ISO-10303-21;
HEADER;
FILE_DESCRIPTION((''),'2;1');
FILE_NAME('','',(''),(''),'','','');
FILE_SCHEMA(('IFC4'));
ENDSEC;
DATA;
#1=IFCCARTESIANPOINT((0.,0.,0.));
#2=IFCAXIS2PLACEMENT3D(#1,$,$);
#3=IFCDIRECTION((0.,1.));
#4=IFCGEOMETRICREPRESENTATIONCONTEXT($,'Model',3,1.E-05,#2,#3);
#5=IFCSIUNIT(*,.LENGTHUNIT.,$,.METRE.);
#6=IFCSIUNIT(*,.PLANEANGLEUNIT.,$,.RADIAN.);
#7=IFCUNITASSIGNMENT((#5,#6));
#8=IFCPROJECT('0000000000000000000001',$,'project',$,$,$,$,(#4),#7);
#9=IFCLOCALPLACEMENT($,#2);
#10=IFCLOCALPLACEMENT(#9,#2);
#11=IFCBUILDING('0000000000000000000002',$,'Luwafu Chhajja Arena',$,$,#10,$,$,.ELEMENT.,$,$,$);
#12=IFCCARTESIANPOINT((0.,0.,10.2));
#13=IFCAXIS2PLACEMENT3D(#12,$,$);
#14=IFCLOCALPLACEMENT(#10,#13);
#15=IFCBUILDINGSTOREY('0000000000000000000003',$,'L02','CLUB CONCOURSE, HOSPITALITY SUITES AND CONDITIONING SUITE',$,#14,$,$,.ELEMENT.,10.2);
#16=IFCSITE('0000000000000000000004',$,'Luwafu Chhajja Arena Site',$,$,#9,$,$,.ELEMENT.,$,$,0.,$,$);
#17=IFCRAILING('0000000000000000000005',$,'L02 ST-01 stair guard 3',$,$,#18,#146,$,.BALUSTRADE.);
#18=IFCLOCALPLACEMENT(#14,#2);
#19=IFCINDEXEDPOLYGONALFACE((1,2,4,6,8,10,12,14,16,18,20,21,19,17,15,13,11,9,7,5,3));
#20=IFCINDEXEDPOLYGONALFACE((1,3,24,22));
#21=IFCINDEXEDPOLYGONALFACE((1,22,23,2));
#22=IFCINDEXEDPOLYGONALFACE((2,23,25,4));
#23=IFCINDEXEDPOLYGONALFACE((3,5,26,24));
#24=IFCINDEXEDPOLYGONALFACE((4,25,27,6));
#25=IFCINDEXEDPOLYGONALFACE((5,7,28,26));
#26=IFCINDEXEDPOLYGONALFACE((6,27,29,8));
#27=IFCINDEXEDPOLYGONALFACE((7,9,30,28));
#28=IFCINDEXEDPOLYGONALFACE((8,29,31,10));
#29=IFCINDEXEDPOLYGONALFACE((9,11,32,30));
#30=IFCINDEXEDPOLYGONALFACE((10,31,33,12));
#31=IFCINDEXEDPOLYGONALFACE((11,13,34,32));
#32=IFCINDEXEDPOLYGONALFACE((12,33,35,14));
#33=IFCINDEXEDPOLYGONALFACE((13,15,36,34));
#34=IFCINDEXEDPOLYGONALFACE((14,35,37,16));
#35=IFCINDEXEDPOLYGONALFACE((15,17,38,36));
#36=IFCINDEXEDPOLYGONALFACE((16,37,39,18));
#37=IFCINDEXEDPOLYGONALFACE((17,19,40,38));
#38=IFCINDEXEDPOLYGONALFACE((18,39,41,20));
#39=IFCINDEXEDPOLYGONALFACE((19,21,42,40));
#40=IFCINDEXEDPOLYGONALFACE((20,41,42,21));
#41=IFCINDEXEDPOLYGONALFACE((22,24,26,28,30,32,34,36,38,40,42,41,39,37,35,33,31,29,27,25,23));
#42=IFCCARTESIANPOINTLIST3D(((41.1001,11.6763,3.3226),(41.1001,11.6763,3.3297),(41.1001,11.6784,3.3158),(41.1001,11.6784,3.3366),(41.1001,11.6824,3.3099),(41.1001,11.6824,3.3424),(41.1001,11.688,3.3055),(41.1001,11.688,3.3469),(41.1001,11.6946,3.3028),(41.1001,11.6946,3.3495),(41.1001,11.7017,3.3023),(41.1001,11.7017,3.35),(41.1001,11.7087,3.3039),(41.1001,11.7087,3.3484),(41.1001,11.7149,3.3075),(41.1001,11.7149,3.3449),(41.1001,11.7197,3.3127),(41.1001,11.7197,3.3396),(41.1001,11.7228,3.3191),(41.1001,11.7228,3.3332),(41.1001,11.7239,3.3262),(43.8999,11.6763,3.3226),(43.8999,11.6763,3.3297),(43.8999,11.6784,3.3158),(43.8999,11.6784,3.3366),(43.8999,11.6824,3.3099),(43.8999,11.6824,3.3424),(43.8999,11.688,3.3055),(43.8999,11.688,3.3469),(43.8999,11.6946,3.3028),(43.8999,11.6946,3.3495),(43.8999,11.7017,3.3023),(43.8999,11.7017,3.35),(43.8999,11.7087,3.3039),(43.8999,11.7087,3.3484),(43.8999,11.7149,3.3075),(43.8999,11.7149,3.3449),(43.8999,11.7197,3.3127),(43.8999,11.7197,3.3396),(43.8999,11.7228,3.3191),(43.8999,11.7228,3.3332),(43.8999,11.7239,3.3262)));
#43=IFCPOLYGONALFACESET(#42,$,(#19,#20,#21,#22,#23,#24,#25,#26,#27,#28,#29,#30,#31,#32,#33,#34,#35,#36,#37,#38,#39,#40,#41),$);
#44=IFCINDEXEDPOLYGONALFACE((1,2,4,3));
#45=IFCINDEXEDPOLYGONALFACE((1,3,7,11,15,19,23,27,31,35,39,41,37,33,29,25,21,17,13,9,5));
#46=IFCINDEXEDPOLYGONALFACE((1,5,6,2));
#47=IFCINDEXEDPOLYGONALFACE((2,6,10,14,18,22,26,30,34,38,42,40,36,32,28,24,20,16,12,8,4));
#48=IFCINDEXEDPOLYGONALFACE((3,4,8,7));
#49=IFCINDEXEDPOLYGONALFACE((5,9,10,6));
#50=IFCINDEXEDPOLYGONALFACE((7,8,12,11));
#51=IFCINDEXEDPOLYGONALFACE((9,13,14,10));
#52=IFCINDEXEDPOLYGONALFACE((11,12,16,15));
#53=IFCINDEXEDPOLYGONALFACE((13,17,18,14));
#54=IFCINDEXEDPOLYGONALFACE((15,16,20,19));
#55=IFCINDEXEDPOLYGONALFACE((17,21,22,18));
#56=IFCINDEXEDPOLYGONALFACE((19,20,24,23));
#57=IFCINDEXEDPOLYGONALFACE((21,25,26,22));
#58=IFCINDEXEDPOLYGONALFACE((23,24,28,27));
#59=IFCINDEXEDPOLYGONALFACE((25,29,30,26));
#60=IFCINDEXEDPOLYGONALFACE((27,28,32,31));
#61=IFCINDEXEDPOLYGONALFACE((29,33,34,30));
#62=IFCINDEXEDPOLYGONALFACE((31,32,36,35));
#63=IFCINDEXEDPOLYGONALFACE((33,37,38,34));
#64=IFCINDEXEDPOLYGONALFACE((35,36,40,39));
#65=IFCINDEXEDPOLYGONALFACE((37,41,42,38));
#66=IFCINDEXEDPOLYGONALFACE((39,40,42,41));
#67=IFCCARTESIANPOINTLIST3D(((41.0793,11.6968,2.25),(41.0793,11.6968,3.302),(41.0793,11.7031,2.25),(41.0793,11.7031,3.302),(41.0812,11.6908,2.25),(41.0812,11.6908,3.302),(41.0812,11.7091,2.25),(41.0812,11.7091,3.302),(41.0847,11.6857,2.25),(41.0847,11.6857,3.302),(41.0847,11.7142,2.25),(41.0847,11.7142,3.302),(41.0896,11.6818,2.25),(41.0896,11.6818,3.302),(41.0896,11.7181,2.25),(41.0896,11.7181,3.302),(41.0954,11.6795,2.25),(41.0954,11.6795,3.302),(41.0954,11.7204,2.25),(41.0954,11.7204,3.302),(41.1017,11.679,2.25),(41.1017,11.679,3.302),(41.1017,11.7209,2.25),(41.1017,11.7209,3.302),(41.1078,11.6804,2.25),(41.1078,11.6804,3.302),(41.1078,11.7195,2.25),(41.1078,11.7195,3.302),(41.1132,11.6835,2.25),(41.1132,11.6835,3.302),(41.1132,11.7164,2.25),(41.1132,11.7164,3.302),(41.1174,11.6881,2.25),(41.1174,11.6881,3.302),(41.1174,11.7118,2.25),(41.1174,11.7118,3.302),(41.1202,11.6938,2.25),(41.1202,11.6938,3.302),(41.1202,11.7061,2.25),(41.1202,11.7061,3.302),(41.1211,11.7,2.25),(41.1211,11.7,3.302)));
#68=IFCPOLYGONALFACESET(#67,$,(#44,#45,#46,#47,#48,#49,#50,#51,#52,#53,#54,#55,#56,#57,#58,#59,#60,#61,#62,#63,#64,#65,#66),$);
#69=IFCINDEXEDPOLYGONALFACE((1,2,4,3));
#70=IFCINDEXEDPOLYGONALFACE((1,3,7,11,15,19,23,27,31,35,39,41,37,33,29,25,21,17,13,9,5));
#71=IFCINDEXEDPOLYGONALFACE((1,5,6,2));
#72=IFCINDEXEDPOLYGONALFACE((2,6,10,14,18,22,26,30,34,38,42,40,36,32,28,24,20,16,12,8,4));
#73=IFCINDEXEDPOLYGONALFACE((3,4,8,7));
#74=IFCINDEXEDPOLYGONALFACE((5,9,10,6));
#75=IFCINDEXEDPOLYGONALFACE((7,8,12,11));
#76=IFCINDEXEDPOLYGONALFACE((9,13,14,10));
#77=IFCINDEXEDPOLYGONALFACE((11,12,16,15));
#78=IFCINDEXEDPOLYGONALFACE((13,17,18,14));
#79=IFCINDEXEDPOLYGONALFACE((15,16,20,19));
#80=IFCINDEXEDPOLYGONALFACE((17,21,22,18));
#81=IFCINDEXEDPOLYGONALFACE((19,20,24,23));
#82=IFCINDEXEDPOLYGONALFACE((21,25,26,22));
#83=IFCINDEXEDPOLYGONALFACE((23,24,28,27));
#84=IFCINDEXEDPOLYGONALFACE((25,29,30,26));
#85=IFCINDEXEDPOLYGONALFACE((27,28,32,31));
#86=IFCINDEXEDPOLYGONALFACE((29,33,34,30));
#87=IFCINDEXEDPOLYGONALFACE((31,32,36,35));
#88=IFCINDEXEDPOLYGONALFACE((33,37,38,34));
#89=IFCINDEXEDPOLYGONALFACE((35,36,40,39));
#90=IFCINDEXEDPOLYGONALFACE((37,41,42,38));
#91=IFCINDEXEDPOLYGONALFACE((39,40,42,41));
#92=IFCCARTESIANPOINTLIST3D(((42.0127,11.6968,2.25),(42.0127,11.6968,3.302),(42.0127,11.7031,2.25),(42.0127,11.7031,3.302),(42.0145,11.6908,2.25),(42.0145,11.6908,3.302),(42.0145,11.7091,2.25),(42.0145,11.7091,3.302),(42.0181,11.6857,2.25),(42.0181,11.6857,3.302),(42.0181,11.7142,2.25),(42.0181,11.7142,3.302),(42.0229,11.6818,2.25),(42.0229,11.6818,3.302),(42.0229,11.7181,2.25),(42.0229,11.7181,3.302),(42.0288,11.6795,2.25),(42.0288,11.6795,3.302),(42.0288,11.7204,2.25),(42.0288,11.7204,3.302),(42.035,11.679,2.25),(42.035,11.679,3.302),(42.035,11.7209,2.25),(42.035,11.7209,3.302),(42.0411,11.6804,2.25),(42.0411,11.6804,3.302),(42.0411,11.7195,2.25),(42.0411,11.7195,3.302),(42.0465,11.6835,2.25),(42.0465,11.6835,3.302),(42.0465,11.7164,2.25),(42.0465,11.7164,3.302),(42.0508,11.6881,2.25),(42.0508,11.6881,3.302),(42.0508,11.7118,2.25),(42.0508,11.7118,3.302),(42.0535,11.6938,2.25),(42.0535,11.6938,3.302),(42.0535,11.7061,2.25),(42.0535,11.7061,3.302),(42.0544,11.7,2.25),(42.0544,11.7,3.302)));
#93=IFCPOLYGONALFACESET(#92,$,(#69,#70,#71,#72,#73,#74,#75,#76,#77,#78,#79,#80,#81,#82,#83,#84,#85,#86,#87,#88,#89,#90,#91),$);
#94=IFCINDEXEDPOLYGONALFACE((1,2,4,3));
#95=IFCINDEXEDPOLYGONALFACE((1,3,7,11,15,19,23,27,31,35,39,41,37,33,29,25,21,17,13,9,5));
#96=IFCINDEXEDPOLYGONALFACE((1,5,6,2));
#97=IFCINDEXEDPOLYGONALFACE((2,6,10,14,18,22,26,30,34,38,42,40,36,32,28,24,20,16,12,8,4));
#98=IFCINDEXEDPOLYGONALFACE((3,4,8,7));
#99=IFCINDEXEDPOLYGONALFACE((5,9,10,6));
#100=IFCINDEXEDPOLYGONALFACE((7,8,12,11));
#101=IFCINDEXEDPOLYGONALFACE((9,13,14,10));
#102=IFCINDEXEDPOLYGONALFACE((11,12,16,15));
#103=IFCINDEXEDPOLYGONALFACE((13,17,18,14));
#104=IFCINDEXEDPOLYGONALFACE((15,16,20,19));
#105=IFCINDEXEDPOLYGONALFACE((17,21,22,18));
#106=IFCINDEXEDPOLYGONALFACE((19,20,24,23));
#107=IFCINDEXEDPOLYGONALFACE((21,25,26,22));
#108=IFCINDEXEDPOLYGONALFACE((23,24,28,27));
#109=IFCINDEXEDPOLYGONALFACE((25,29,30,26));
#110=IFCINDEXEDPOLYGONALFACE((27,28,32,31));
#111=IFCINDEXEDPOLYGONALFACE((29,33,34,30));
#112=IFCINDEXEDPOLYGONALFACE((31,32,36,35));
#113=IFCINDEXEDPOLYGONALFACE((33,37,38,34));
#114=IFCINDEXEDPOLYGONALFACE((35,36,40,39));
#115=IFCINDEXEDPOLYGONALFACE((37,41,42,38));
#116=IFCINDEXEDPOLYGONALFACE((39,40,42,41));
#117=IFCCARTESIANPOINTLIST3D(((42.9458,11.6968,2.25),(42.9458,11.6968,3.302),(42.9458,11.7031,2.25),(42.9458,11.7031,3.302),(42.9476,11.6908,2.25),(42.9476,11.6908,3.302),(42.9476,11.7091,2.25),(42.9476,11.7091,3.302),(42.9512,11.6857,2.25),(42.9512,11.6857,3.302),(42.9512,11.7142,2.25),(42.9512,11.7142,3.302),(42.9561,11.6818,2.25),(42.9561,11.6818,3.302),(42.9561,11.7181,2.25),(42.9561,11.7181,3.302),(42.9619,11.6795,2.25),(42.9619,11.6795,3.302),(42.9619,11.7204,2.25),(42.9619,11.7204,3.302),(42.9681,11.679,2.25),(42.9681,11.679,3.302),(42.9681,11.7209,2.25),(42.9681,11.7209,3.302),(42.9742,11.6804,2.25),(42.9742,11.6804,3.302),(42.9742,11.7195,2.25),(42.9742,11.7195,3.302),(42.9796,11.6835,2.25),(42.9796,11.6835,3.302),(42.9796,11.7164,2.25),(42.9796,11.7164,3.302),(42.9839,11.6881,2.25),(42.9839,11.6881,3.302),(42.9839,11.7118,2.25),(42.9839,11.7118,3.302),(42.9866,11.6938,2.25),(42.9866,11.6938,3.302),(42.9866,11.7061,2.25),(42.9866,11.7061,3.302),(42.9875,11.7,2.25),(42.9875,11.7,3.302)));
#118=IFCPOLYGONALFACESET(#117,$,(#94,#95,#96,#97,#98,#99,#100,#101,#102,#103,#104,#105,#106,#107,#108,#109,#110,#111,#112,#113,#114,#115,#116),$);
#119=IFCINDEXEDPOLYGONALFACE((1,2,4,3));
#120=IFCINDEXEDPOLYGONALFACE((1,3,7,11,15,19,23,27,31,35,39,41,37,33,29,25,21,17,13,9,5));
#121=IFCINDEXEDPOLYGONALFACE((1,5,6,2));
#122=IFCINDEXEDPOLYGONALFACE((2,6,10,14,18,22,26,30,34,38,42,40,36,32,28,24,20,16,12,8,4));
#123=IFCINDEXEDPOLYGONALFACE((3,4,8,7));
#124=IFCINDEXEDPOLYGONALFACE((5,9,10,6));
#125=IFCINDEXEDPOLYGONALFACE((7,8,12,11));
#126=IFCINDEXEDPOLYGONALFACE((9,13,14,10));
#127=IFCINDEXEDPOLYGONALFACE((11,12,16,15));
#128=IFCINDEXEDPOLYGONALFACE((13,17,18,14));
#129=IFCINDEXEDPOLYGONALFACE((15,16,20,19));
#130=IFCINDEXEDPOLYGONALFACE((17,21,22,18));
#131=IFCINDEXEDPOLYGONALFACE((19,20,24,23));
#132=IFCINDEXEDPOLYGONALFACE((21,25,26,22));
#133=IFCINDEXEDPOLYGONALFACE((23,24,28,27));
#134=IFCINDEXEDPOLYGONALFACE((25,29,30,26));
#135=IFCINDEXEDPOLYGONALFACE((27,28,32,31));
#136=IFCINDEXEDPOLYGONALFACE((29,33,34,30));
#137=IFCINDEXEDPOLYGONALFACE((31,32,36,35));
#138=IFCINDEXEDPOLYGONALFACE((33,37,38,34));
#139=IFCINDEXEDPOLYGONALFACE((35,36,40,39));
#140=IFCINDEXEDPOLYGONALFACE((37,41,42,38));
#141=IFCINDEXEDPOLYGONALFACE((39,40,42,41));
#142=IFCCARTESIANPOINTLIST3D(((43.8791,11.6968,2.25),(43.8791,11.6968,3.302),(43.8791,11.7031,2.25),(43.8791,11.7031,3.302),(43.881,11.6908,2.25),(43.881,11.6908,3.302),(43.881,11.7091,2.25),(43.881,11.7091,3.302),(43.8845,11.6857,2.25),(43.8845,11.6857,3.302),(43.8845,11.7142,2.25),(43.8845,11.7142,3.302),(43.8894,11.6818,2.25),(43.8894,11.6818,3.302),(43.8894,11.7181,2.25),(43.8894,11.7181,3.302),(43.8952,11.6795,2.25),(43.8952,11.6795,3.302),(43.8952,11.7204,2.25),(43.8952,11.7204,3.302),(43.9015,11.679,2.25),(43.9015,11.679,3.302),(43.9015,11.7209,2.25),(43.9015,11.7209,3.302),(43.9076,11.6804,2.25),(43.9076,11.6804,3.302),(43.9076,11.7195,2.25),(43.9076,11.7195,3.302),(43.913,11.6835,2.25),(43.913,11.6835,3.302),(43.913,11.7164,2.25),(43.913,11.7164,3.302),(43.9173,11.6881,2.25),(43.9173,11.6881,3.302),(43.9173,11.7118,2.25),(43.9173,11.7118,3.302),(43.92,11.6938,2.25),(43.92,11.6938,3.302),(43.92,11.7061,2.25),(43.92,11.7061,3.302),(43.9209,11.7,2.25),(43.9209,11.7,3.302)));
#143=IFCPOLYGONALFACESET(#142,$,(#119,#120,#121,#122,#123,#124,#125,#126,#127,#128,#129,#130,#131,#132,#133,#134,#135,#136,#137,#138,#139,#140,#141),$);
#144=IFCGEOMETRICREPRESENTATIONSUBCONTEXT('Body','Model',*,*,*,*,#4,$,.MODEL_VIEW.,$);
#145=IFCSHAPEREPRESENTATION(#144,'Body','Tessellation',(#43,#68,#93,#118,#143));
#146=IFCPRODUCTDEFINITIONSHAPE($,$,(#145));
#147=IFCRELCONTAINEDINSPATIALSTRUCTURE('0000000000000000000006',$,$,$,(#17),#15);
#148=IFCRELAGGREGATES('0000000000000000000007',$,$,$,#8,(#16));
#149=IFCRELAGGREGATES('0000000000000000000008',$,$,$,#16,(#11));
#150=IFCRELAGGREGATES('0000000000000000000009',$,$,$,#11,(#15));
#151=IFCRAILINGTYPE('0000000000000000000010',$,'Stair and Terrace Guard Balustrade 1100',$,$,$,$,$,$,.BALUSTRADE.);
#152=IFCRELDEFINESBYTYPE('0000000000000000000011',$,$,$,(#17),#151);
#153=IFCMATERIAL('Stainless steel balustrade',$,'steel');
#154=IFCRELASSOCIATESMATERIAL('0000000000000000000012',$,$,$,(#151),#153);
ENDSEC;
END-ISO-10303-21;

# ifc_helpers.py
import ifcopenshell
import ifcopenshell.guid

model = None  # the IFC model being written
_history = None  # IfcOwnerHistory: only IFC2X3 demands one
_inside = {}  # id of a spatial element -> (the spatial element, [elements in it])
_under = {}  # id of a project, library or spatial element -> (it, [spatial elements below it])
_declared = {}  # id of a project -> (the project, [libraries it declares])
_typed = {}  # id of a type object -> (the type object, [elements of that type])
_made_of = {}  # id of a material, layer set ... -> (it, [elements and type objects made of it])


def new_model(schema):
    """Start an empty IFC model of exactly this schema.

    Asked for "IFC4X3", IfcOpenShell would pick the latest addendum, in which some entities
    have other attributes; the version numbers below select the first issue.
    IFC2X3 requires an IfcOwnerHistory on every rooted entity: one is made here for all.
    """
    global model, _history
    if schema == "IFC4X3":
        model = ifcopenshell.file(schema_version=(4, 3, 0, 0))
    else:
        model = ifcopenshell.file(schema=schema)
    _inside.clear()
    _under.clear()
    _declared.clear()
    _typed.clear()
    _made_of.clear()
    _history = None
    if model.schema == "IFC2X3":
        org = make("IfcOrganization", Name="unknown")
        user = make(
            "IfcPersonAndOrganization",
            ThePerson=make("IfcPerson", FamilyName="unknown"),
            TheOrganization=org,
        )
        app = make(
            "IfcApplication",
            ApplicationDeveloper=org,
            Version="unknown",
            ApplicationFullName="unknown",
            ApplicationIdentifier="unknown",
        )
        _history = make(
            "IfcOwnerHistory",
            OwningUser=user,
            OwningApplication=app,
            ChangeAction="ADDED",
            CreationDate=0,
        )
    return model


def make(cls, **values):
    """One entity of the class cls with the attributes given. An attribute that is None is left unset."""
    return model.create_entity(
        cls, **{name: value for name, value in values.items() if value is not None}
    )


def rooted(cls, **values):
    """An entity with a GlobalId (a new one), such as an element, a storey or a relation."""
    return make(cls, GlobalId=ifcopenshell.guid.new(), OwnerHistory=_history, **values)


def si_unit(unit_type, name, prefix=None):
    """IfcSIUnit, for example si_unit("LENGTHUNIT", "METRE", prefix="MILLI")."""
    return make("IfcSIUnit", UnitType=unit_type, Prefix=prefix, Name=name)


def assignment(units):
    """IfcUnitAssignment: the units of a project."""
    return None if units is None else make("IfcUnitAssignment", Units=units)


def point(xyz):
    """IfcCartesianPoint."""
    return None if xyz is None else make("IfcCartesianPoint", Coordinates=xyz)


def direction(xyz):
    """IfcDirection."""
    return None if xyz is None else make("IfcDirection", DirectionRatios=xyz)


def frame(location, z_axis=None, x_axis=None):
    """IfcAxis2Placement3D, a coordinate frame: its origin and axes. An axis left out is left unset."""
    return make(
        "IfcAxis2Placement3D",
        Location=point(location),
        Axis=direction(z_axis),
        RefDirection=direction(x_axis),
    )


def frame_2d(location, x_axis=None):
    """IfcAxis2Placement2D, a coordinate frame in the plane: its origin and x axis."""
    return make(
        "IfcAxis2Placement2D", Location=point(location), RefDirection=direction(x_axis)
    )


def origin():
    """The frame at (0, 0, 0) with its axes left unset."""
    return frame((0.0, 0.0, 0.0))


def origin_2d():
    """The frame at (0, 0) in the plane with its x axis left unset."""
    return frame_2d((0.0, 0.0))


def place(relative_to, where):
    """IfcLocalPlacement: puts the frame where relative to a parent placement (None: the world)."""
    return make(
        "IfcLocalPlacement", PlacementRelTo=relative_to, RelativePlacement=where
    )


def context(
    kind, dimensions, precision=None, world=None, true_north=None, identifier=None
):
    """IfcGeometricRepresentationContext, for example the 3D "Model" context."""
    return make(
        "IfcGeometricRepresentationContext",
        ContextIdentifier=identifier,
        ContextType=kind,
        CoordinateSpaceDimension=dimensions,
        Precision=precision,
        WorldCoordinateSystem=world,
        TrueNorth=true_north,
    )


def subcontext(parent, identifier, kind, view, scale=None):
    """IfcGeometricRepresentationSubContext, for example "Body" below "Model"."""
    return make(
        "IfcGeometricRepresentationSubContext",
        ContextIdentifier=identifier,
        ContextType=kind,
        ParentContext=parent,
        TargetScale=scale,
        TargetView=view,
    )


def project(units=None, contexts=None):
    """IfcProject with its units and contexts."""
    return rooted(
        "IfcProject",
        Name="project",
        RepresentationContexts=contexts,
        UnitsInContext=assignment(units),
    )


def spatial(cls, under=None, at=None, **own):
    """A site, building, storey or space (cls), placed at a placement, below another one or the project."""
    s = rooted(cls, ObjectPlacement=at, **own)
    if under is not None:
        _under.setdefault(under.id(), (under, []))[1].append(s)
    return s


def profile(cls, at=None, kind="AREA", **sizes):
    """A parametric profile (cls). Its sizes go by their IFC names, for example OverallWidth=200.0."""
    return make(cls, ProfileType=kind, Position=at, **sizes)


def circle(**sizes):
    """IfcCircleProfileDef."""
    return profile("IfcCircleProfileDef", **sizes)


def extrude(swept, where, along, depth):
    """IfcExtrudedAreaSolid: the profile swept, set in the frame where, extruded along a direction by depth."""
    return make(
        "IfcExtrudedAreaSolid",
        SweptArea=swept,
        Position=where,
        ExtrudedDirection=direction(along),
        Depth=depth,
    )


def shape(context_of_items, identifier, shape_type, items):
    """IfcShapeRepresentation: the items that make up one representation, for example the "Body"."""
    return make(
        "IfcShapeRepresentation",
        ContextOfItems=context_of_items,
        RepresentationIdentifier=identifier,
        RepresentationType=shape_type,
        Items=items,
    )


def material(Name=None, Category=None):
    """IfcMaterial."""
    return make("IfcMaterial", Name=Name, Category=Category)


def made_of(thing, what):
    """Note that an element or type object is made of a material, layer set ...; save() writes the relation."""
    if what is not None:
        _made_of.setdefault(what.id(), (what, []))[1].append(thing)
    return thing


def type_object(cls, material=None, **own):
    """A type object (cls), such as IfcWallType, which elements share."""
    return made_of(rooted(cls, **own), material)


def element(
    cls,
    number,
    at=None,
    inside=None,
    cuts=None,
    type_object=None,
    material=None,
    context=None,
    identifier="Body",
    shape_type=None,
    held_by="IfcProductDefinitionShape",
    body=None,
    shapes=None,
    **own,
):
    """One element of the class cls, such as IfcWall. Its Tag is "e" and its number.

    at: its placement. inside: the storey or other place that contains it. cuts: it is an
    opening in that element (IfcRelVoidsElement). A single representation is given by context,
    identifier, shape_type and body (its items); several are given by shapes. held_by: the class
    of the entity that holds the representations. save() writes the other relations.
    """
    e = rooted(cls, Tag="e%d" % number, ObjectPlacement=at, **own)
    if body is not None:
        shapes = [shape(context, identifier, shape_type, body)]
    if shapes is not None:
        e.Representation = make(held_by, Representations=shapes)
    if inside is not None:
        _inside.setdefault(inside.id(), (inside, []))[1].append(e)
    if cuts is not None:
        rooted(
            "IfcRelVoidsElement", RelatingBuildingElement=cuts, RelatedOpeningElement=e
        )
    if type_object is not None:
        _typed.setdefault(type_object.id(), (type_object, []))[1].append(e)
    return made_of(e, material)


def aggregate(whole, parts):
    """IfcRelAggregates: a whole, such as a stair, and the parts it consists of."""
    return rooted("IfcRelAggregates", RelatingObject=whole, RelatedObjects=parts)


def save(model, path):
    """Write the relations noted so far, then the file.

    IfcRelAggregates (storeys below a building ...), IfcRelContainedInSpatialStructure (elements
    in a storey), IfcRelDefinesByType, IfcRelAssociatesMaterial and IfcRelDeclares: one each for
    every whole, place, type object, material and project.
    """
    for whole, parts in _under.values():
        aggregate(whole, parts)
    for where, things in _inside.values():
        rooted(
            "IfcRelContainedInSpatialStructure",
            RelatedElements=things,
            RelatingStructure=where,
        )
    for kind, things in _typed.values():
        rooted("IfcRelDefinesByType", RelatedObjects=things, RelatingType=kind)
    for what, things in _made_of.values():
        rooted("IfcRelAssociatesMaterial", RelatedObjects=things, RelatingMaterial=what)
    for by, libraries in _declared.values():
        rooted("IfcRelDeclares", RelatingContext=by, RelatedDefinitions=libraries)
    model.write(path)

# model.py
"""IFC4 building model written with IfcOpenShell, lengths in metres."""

from ifc_helpers import new_model, si_unit, direction, frame, origin, origin_2d, place, context, subcontext, project, spatial, circle, extrude, material, type_object, element, save


model = new_model("IFC4")

# Units and contexts
model_context = context("Model", 3, precision=1e-05, world=origin(), true_north=direction((0.0, 1.0)))
body_context = subcontext(model_context, "Body", "Model", "MODEL_VIEW")
ifc_project = project(units=[si_unit("LENGTHUNIT", "METRE"), si_unit("PLANEANGLEUNIT", "RADIAN")], contexts=[model_context])

# Site, building, storey
site_placement = place(None, origin())
site = spatial("IfcSite", under=ifc_project, at=site_placement, Name="Luwafu Chhajja Arena Site", CompositionType="ELEMENT", RefElevation=0.0)
building_placement = place(site_placement, origin())
building = spatial("IfcBuilding", under=site, at=building_placement, Name="Luwafu Chhajja Arena", CompositionType="ELEMENT")
storey_placement = place(building_placement, frame((0.0, 0.0, 10.2)))
storey = spatial("IfcBuildingStorey", under=building, at=storey_placement, Name="L02", Description="CLUB CONCOURSE, HOSPITALITY SUITES AND CONDITIONING SUITE", CompositionType="ELEMENT", Elevation=10.2)

# Railing
ifc_material_1 = material(Name="Stainless steel balustrade", Category="steel")
railing_type_1 = type_object("IfcRailingType", Name="Stair and Terrace Guard Balustrade 1100", PredefinedType="BALUSTRADE", material=ifc_material_1)
railing_1_placement = place(storey_placement, frame((41.1001, 11.7, 2.25)))
element("IfcRailing", 1, at=railing_1_placement, inside=storey, type_object=railing_type_1, Name="L02 ST-01 stair guard 3", PredefinedType="BALUSTRADE", context=body_context, shape_type="SweptSolid", body=[
    extrude(circle(Radius=0.0239, at=origin_2d()), frame((0.0, 0.0, 1.0762), z_axis=(1.0, 0.0, 0.0), x_axis=(0.0, 1.0, 0.0)), (0.0, 0.0, 1.0), 2.7998),
    extrude(circle(Radius=0.021, at=origin_2d()), origin(), (0.0, 0.0, 1.0), 1.052),
    extrude(circle(Radius=0.021, at=origin_2d()), frame((0.9333, 0.0, 0.0)), (0.0, 0.0, 1.0), 1.052),
    extrude(circle(Radius=0.021, at=origin_2d()), frame((1.8665, 0.0, 0.0)), (0.0, 0.0, 1.0), 1.052),
    extrude(circle(Radius=0.021, at=origin_2d()), frame((2.7998, 0.0, 0.0)), (0.0, 0.0, 1.0), 1.052),
])

save(model, "model.ifc")
